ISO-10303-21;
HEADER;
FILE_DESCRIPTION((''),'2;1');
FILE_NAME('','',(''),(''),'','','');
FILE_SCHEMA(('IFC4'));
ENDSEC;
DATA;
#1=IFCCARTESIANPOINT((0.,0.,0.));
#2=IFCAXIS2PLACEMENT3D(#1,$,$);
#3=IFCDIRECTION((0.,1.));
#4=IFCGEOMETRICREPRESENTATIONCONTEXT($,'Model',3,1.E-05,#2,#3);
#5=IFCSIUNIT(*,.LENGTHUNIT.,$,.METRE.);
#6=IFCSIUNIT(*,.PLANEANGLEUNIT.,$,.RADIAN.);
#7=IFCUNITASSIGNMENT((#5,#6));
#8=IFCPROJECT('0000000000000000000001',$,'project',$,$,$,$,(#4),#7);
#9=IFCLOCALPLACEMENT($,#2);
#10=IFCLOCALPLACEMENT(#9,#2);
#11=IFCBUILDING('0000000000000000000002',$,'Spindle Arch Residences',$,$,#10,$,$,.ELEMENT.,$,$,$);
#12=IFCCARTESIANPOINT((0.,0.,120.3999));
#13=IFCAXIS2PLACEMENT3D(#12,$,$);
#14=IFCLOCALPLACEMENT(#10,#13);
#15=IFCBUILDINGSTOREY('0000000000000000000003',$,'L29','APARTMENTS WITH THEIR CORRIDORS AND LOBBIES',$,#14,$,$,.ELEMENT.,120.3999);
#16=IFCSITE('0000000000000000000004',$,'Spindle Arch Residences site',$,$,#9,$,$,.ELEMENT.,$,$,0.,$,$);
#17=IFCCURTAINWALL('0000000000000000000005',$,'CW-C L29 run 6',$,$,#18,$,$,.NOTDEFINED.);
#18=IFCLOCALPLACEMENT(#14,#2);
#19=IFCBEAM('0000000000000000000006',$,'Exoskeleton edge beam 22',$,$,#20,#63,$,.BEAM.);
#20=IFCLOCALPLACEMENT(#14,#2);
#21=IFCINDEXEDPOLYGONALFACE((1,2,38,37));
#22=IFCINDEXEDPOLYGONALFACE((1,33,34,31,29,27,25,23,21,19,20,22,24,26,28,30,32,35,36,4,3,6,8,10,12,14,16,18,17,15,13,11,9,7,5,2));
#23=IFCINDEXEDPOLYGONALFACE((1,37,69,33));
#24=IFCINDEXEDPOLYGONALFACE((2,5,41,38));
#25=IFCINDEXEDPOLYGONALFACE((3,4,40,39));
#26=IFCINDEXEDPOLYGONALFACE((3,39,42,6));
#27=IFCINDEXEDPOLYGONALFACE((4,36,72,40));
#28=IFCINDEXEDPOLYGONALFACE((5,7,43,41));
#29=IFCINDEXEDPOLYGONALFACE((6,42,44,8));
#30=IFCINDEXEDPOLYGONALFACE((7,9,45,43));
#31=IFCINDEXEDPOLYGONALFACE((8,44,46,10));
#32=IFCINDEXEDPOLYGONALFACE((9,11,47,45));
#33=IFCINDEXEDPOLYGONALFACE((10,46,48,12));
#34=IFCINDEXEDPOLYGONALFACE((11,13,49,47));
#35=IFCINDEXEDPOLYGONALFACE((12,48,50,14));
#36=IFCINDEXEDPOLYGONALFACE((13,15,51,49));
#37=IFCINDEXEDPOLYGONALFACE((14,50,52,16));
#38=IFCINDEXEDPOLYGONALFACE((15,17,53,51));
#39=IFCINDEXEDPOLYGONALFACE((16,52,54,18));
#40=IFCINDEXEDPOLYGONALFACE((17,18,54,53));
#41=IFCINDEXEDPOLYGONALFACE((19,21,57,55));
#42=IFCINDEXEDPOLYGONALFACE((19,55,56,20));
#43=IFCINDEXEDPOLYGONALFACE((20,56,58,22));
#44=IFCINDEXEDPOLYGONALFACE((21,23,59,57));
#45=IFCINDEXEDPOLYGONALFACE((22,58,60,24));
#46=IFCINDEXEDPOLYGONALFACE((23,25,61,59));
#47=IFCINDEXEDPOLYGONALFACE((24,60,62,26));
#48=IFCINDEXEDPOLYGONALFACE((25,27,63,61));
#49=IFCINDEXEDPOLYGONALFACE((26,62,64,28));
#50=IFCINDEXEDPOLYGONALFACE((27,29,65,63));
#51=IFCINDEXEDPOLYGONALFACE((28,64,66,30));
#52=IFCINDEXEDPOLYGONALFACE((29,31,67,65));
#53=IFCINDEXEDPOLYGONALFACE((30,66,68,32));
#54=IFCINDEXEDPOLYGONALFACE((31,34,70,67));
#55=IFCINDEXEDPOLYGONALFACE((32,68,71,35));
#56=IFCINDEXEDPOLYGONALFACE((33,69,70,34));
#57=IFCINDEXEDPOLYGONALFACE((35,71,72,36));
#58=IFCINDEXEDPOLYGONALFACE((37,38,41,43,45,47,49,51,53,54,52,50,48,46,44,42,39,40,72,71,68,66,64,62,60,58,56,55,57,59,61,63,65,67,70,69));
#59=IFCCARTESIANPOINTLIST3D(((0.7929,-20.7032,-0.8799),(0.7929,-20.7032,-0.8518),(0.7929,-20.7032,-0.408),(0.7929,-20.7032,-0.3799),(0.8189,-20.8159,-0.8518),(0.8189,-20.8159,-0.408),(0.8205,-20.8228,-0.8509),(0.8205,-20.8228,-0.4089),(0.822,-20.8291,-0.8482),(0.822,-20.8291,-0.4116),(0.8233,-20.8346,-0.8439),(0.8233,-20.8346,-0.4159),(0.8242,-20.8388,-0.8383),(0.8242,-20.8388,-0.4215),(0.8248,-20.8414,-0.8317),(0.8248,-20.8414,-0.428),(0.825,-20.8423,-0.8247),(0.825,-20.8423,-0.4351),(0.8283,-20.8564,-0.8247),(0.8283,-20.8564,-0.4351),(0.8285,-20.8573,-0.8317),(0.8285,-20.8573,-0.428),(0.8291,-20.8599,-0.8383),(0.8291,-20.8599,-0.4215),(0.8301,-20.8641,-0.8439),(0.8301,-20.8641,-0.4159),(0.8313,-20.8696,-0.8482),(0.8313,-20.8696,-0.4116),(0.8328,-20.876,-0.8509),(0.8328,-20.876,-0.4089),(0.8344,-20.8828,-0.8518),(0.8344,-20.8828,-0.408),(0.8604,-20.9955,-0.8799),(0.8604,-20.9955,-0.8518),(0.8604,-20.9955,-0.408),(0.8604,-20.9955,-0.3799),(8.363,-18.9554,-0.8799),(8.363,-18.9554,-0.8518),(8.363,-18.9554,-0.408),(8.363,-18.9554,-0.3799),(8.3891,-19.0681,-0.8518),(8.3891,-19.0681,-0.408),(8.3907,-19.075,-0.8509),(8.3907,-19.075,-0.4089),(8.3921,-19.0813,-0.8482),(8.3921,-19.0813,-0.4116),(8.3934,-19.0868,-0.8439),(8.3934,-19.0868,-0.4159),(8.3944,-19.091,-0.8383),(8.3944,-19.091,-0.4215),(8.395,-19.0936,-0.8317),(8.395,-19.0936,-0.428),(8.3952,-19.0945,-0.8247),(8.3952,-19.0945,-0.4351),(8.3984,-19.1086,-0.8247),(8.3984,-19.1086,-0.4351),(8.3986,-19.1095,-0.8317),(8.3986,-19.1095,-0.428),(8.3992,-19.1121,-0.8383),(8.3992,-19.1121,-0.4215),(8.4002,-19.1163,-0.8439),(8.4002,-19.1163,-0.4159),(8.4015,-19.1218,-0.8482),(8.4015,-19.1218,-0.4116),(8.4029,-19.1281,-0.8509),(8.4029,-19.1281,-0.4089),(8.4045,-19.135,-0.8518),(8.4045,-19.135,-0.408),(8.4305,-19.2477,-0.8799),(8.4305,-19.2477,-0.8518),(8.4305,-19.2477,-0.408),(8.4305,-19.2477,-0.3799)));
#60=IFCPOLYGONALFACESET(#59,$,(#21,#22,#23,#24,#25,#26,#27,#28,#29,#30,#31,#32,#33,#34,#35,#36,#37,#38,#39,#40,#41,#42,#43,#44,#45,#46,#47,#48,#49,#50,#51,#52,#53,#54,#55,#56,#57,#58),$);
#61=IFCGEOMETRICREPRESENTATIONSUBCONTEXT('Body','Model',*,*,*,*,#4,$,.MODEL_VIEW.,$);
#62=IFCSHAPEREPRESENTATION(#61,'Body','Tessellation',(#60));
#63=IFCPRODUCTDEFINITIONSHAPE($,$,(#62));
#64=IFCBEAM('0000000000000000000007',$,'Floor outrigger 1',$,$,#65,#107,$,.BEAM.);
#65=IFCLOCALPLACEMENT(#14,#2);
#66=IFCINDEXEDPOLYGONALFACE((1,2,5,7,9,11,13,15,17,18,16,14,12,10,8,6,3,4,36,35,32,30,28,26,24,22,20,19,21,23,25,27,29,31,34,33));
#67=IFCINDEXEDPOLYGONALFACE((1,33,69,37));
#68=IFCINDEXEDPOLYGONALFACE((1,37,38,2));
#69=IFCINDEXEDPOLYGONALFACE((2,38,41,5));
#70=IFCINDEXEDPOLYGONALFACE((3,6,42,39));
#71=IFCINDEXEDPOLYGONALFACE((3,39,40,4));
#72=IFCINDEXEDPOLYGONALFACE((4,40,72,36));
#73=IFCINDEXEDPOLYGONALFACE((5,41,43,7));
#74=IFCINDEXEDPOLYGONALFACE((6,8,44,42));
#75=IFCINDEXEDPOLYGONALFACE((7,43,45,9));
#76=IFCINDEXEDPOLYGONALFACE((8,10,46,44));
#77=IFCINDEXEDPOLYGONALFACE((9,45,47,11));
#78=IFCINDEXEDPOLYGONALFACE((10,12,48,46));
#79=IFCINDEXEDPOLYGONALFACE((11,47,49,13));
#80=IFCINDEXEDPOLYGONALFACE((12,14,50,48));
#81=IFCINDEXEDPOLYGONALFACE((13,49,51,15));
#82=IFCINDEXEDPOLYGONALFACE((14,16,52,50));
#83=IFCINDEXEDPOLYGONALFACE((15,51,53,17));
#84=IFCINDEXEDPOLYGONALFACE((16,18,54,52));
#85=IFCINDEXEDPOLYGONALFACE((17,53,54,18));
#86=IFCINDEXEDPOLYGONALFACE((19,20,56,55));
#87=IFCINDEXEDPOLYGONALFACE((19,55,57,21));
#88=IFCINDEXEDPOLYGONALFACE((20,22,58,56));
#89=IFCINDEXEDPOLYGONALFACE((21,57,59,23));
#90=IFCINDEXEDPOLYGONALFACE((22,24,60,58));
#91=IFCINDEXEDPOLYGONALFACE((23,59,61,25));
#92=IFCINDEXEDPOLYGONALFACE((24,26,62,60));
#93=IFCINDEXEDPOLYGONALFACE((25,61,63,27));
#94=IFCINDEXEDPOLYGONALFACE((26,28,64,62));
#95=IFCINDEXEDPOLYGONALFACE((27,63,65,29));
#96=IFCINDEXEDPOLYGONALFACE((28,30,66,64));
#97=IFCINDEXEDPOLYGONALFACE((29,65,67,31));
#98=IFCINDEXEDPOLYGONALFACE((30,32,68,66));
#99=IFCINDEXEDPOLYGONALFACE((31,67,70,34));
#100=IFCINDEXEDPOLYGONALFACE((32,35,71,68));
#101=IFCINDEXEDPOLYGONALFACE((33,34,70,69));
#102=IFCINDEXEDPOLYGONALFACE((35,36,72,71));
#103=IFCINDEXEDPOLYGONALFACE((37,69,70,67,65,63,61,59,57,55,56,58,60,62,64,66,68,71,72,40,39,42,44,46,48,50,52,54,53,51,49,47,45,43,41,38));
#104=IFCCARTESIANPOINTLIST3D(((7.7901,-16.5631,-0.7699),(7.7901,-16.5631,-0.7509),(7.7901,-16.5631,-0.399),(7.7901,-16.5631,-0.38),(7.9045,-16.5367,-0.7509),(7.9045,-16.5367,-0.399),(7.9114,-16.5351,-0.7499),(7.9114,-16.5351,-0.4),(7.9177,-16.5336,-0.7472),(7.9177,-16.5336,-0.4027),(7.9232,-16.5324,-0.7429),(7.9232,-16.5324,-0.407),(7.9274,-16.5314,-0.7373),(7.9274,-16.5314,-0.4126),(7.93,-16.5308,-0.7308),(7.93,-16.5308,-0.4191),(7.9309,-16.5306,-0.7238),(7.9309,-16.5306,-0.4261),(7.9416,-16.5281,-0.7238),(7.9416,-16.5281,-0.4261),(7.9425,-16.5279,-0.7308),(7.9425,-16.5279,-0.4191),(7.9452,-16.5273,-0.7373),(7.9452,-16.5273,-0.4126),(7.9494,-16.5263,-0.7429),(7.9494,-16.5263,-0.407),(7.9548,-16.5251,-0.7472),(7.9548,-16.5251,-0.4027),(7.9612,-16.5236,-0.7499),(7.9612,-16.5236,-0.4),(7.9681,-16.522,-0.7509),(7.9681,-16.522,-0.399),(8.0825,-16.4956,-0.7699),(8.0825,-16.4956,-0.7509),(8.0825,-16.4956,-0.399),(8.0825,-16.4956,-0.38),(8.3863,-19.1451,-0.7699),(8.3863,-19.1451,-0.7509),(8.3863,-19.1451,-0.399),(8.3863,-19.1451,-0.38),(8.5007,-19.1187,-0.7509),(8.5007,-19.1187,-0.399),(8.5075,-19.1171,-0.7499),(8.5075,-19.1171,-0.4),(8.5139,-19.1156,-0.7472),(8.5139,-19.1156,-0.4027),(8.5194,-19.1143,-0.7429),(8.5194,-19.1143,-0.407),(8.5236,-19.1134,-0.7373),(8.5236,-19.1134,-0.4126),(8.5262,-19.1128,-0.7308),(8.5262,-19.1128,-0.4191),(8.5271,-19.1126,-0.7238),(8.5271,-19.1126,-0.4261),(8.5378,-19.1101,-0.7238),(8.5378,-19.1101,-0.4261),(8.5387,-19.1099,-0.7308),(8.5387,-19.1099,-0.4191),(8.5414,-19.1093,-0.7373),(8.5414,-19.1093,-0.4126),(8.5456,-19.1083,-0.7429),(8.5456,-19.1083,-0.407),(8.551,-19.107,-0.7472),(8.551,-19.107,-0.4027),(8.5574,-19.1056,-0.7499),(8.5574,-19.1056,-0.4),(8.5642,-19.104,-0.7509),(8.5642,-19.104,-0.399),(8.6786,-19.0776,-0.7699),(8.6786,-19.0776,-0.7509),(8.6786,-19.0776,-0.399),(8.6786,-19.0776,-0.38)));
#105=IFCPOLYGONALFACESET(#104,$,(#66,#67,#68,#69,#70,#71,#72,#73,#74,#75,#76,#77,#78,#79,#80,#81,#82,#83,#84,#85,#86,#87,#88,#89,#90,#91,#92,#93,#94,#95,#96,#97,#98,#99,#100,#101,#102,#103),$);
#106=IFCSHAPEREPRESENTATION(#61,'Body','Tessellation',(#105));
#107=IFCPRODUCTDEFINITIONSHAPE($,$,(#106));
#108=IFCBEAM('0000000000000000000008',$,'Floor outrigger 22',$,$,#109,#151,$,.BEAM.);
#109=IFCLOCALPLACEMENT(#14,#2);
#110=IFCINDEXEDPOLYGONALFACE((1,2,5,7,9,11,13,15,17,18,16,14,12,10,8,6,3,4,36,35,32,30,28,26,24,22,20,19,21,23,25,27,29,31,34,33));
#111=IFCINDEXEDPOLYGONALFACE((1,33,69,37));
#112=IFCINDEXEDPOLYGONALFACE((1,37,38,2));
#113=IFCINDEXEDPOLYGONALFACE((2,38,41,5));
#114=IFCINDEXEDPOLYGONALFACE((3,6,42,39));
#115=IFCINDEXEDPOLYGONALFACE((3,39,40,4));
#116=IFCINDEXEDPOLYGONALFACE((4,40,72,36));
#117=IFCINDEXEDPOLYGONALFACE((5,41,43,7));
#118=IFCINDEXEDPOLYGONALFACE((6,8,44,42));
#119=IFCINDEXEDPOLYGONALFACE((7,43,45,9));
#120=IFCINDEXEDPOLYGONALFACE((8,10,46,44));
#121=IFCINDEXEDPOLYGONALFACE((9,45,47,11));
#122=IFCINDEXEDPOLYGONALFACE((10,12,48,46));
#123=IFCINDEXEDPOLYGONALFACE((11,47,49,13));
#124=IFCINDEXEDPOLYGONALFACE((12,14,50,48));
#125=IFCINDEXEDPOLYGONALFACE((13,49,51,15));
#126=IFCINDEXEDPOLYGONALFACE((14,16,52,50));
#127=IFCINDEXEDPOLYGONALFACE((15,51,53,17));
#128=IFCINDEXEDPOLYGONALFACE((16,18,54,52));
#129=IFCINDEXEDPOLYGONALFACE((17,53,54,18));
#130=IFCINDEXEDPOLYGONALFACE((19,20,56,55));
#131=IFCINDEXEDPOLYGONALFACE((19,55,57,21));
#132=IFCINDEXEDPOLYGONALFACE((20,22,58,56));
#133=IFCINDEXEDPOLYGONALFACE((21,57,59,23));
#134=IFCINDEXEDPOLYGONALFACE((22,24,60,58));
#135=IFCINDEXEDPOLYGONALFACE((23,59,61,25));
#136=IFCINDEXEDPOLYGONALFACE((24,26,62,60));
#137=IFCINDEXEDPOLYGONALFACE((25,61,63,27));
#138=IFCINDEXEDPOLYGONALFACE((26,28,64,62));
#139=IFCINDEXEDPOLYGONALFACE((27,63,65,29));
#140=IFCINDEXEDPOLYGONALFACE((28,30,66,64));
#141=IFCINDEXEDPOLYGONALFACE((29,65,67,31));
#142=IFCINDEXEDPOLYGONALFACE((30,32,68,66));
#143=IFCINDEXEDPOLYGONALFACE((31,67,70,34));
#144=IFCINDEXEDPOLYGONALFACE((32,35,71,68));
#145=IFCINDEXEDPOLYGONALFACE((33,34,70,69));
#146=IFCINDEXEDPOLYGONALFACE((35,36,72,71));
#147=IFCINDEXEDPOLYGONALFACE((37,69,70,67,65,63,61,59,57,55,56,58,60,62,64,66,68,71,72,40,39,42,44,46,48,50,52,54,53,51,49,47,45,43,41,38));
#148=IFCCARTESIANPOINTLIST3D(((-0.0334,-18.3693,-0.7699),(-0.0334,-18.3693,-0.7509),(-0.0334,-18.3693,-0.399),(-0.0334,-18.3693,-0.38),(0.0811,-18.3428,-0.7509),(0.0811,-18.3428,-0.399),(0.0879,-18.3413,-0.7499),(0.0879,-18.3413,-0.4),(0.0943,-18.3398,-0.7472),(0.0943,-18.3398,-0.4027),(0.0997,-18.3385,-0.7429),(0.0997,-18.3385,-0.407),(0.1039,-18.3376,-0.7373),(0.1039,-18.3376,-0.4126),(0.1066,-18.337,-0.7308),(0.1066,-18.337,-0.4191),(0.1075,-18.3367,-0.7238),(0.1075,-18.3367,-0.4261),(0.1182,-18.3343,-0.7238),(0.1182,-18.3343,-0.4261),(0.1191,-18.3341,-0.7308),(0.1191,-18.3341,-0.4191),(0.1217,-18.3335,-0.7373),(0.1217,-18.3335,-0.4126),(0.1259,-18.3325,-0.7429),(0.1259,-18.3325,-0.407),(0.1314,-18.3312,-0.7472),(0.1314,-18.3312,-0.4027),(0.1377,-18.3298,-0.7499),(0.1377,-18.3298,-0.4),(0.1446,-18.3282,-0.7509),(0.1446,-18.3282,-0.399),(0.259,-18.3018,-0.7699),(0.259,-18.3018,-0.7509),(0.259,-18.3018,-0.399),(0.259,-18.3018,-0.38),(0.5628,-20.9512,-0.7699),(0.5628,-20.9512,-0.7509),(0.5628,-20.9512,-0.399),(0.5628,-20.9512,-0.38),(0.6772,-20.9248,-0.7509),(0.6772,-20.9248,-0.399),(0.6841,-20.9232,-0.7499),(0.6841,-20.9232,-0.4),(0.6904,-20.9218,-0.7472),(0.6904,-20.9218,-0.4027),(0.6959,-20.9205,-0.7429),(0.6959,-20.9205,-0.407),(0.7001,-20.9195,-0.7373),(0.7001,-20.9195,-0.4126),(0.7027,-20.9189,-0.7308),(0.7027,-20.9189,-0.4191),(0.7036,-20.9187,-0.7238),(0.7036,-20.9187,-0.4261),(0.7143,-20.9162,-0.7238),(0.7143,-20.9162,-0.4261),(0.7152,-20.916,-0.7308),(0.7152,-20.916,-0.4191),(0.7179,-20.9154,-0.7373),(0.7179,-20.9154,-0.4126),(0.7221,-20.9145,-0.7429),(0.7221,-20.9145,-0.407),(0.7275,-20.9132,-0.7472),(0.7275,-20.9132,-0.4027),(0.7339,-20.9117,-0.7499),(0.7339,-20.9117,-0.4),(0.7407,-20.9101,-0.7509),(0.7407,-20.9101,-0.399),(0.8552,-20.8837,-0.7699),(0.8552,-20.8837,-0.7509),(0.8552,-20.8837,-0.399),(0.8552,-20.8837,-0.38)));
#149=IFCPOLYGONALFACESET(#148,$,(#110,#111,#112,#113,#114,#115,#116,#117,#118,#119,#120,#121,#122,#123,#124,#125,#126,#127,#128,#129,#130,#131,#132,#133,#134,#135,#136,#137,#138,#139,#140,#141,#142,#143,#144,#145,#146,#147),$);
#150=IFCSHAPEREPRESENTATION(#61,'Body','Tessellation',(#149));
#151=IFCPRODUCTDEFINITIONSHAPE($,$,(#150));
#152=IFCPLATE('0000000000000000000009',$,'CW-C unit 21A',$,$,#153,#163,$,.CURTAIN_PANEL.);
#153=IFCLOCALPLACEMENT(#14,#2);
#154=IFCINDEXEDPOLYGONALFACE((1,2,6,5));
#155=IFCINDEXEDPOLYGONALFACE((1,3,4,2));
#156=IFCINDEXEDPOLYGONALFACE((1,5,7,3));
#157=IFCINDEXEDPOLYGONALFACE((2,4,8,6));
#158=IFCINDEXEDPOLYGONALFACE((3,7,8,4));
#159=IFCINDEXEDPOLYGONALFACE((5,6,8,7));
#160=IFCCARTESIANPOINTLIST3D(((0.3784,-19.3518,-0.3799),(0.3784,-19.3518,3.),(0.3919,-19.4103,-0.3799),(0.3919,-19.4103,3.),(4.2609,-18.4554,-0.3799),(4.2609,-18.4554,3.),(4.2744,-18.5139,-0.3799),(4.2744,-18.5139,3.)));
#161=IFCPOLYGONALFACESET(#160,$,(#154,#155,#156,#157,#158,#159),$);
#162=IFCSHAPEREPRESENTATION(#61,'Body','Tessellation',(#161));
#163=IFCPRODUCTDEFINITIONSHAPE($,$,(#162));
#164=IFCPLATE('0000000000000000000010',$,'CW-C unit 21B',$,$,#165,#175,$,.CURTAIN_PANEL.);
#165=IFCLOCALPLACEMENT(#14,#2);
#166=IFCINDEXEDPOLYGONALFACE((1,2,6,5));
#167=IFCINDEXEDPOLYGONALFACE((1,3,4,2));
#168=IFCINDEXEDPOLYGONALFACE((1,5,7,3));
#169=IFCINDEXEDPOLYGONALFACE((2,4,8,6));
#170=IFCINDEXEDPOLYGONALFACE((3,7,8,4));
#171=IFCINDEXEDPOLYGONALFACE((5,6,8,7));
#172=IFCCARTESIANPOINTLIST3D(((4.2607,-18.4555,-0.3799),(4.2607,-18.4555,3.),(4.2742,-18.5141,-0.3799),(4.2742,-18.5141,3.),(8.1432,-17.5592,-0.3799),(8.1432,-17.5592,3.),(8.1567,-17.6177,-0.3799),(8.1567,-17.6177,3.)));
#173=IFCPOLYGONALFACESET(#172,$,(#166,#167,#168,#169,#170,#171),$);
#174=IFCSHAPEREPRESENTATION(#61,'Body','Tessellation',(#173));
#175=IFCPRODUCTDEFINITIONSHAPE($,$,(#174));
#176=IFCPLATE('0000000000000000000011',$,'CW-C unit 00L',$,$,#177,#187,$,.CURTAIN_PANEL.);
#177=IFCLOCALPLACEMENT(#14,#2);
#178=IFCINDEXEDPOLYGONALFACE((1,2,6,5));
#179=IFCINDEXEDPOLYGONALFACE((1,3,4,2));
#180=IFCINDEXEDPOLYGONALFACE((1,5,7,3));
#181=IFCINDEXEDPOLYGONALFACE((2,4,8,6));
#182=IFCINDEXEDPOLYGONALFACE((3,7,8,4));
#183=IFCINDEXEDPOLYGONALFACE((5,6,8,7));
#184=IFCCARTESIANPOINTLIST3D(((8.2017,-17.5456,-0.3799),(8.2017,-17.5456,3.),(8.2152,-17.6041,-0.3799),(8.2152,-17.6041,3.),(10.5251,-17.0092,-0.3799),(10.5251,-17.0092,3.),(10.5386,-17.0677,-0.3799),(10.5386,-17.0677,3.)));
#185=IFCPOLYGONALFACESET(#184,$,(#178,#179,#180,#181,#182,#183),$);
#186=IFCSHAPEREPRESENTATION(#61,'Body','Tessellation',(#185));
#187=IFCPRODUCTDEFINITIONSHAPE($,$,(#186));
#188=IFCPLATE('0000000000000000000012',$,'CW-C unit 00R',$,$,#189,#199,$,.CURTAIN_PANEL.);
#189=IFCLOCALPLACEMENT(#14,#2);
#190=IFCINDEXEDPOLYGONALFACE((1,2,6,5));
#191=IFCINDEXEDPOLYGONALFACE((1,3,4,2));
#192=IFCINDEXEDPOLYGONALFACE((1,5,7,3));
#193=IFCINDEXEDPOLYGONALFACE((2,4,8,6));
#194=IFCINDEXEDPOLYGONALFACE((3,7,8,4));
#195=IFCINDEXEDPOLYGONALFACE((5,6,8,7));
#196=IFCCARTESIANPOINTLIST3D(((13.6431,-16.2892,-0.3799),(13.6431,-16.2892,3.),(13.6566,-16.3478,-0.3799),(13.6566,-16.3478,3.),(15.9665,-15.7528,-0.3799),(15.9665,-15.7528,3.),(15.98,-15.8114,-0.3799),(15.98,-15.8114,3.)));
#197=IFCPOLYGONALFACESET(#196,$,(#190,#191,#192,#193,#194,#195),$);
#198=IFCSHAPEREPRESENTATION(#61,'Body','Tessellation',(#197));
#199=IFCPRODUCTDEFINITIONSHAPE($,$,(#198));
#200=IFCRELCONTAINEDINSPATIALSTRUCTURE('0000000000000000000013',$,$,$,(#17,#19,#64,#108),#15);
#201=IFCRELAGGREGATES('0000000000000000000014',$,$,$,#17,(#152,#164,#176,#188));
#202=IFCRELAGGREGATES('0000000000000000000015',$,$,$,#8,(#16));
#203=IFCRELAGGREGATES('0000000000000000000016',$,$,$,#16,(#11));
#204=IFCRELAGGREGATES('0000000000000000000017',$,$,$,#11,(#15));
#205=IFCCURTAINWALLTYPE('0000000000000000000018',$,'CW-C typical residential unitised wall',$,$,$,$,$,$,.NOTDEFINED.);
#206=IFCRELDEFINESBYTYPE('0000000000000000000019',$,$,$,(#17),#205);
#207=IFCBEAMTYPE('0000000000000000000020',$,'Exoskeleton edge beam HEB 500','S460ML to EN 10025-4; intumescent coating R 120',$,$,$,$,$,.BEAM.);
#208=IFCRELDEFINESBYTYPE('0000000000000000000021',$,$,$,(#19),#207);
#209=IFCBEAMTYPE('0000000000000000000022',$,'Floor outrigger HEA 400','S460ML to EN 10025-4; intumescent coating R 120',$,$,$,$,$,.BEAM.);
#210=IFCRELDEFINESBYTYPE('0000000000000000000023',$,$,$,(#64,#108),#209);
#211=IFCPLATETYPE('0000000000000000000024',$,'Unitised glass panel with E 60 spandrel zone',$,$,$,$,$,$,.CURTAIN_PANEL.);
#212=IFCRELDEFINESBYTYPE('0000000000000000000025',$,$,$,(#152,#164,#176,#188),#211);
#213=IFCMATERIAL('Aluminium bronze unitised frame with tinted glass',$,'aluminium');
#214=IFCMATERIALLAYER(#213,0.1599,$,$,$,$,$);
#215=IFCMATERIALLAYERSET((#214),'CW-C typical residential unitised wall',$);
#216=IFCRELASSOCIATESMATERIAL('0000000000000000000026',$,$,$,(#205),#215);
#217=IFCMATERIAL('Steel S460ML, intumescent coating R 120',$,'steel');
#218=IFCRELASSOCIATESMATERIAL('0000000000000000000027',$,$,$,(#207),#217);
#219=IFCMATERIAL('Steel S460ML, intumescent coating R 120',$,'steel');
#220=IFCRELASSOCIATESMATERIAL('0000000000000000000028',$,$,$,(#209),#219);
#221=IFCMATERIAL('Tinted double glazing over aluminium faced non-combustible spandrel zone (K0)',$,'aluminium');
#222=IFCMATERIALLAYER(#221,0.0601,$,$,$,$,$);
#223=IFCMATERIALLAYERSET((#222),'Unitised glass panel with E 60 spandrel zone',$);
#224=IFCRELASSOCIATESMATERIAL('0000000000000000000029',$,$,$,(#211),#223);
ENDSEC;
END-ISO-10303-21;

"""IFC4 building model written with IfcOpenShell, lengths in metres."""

from ifc_helpers import new_model, si_unit, direction, frame, origin, origin_2d, place, context, subcontext, project, spatial, rectangle, i_section, extrude, material, layer, layer_set, material_profile, profile_set, type_object, element, aggregate, save


model = new_model("IFC4")

# Units and contexts
model_context = context("Model", 3, precision=1e-05, world=origin(), true_north=direction((0.0, 1.0)))
body_context = subcontext(model_context, "Body", "Model", "MODEL_VIEW")
ifc_project = project(units=[si_unit("LENGTHUNIT", "METRE"), si_unit("PLANEANGLEUNIT", "RADIAN")], contexts=[model_context])

# Site, building, storey
site_placement = place(None, origin())
site = spatial("IfcSite", under=ifc_project, at=site_placement, Name="Spindle Arch Residences site", CompositionType="ELEMENT", RefElevation=0.0)
building_placement = place(site_placement, origin())
building = spatial("IfcBuilding", under=site, at=building_placement, Name="Spindle Arch Residences", CompositionType="ELEMENT")
storey_placement = place(building_placement, frame((0.0, 0.0, 120.3999)))
storey = spatial("IfcBuildingStorey", under=building, at=storey_placement, Name="L29", Description="APARTMENTS WITH THEIR CORRIDORS AND LOBBIES", CompositionType="ELEMENT", Elevation=120.3999)

# Curtain wall
ifc_material_1 = material(Name="Aluminium bronze unitised frame with tinted glass", Category="aluminium")
ifc_layer_1 = layer(ifc_material_1, 0.1599)
ifc_layer_set_1 = layer_set([ifc_layer_1], Name="CW-C typical residential unitised wall")
curtain_wall_type = type_object("IfcCurtainWallType", Name="CW-C typical residential unitised wall", PredefinedType="NOTDEFINED", material=ifc_layer_set_1)
curtain_wall_placement = place(storey_placement, origin())
curtain_wall = element("IfcCurtainWall", 1, at=curtain_wall_placement, inside=storey, type_object=curtain_wall_type, Name="CW-C L29 run 6", PredefinedType="NOTDEFINED")

# Beams
ifc_material_2 = material(Name="Steel S460ML, intumescent coating R 120", Category="steel")
ifc_material_profile_1 = material_profile(ifc_material_2, i_section(OverallWidth=0.3, OverallDepth=0.5, WebThickness=0.0144, FlangeThickness=0.0281, FilletRadius=0.0271, at=origin_2d()), Name="HEB 500")
ifc_profile_set_1 = profile_set([ifc_material_profile_1], Name="Steel S460ML, intumescent coating R 120")
beam_type_1 = type_object("IfcBeamType", Name="Exoskeleton edge beam HEB 500", Description="S460ML to EN 10025-4; intumescent coating R 120", PredefinedType="BEAM", material=ifc_profile_set_1)
beam_1_placement = place(storey_placement, frame((0.8267, -20.8494, -0.6299), z_axis=(0.974367, 0.224965, 0.0), x_axis=(-0.224965, 0.974367, 0.0)))
element("IfcBeam", 2, at=beam_1_placement, inside=storey, type_object=beam_type_1, Name="Exoskeleton edge beam 22", PredefinedType="BEAM", context=body_context, shape_type="SweptSolid", body=[
    extrude(i_section(OverallWidth=0.3, OverallDepth=0.5, WebThickness=0.0144, FlangeThickness=0.0281, FilletRadius=0.0271, at=origin_2d()), origin(), (0.0, 0.0, 1.0), 7.7693),
])
ifc_material_3 = material(Name="Steel S460ML, intumescent coating R 120", Category="steel")
ifc_material_profile_2 = material_profile(ifc_material_3, i_section(OverallWidth=0.3, OverallDepth=0.3899, WebThickness=0.011, FlangeThickness=0.019, FilletRadius=0.0271, at=origin_2d()), Name="HEA 400")
ifc_profile_set_2 = profile_set([ifc_material_profile_2], Name="Steel S460ML, intumescent coating R 120")
beam_type_2 = type_object("IfcBeamType", Name="Floor outrigger HEA 400", Description="S460ML to EN 10025-4; intumescent coating R 120", PredefinedType="BEAM", material=ifc_profile_set_2)
for number, where, z_axis, x_axis, name in (
    (3, (8.5325, -19.1113, -0.575), (-0.224981, 0.974363, 0.0), (-0.974363, -0.224981, 0.0), "Floor outrigger 1"),
    (4, (0.709, -20.9175, -0.575), (-0.224981, 0.974363, 0.0), (-0.974363, -0.224981, 0.0), "Floor outrigger 22"),
):
    element("IfcBeam", number, at=place(storey_placement, frame(where, z_axis=z_axis, x_axis=x_axis)), inside=storey, type_object=beam_type_2, Name=name, PredefinedType="BEAM", context=body_context, shape_type="SweptSolid", body=[
        extrude(i_section(OverallWidth=0.3, OverallDepth=0.3899, WebThickness=0.011, FlangeThickness=0.019, FilletRadius=0.0271, at=origin_2d()), origin(), (0.0, 0.0, 1.0), 2.6499),
    ])

# Plates
ifc_material_4 = material(Name="Tinted double glazing over aluminium faced non-combustible spandrel zone (K0)", Category="aluminium")
ifc_layer_2 = layer(ifc_material_4, 0.0601)
ifc_layer_set_2 = layer_set([ifc_layer_2], Name="Unitised glass panel with E 60 spandrel zone")
plate_type = type_object("IfcPlateType", Name="Unitised glass panel with E 60 spandrel zone", PredefinedType="CURTAIN_PANEL", material=ifc_layer_set_2)
plate_1_placement = place(storey_placement, frame((2.3264, -18.9329, -0.3799), z_axis=(0.0, 0.0, 1.0), x_axis=(0.97437, 0.224951, 0.0)))
plate_1 = element("IfcPlate", 5, at=plate_1_placement, type_object=plate_type, Name="CW-C unit 21A", PredefinedType="CURTAIN_PANEL", context=body_context, shape_type="SweptSolid", body=[
    extrude(rectangle(XDim=3.9846, YDim=0.0601, at=origin_2d()), origin(), (0.0, 0.0, 1.0), 3.3799),
])
plate_2_placement = place(storey_placement, frame((6.2087, -18.0366, -0.3799), z_axis=(0.0, 0.0, 1.0), x_axis=(0.97437, 0.224951, 0.0)))
plate_2 = element("IfcPlate", 6, at=plate_2_placement, type_object=plate_type, Name="CW-C unit 21B", PredefinedType="CURTAIN_PANEL", context=body_context, shape_type="SweptSolid", body=[
    extrude(rectangle(XDim=3.9846, YDim=0.0601, at=origin_2d()), origin(), (0.0, 0.0, 1.0), 3.3799),
])
plate_3_placement = place(storey_placement, frame((9.3701, -17.3066, -0.3799), z_axis=(0.0, 0.0, 1.0), x_axis=(0.97437, 0.224951, 0.0)))
plate_3 = element("IfcPlate", 7, at=plate_3_placement, type_object=plate_type, Name="CW-C unit 00L", PredefinedType="CURTAIN_PANEL", context=body_context, shape_type="SweptSolid", body=[
    extrude(rectangle(XDim=2.3845, YDim=0.0601, at=origin_2d()), origin(), (0.0, 0.0, 1.0), 3.3799),
])
plate_4_placement = place(storey_placement, frame((14.8115, -16.0503, -0.3799), z_axis=(0.0, 0.0, 1.0), x_axis=(0.97437, 0.224951, 0.0)))
plate_4 = element("IfcPlate", 8, at=plate_4_placement, type_object=plate_type, Name="CW-C unit 00R", PredefinedType="CURTAIN_PANEL", context=body_context, shape_type="SweptSolid", body=[
    extrude(rectangle(XDim=2.3845, YDim=0.0601, at=origin_2d()), origin(), (0.0, 0.0, 1.0), 3.3799),
])
aggregate(curtain_wall, [plate_1, plate_2, plate_3, plate_4])

save(model, "model.ifc")
